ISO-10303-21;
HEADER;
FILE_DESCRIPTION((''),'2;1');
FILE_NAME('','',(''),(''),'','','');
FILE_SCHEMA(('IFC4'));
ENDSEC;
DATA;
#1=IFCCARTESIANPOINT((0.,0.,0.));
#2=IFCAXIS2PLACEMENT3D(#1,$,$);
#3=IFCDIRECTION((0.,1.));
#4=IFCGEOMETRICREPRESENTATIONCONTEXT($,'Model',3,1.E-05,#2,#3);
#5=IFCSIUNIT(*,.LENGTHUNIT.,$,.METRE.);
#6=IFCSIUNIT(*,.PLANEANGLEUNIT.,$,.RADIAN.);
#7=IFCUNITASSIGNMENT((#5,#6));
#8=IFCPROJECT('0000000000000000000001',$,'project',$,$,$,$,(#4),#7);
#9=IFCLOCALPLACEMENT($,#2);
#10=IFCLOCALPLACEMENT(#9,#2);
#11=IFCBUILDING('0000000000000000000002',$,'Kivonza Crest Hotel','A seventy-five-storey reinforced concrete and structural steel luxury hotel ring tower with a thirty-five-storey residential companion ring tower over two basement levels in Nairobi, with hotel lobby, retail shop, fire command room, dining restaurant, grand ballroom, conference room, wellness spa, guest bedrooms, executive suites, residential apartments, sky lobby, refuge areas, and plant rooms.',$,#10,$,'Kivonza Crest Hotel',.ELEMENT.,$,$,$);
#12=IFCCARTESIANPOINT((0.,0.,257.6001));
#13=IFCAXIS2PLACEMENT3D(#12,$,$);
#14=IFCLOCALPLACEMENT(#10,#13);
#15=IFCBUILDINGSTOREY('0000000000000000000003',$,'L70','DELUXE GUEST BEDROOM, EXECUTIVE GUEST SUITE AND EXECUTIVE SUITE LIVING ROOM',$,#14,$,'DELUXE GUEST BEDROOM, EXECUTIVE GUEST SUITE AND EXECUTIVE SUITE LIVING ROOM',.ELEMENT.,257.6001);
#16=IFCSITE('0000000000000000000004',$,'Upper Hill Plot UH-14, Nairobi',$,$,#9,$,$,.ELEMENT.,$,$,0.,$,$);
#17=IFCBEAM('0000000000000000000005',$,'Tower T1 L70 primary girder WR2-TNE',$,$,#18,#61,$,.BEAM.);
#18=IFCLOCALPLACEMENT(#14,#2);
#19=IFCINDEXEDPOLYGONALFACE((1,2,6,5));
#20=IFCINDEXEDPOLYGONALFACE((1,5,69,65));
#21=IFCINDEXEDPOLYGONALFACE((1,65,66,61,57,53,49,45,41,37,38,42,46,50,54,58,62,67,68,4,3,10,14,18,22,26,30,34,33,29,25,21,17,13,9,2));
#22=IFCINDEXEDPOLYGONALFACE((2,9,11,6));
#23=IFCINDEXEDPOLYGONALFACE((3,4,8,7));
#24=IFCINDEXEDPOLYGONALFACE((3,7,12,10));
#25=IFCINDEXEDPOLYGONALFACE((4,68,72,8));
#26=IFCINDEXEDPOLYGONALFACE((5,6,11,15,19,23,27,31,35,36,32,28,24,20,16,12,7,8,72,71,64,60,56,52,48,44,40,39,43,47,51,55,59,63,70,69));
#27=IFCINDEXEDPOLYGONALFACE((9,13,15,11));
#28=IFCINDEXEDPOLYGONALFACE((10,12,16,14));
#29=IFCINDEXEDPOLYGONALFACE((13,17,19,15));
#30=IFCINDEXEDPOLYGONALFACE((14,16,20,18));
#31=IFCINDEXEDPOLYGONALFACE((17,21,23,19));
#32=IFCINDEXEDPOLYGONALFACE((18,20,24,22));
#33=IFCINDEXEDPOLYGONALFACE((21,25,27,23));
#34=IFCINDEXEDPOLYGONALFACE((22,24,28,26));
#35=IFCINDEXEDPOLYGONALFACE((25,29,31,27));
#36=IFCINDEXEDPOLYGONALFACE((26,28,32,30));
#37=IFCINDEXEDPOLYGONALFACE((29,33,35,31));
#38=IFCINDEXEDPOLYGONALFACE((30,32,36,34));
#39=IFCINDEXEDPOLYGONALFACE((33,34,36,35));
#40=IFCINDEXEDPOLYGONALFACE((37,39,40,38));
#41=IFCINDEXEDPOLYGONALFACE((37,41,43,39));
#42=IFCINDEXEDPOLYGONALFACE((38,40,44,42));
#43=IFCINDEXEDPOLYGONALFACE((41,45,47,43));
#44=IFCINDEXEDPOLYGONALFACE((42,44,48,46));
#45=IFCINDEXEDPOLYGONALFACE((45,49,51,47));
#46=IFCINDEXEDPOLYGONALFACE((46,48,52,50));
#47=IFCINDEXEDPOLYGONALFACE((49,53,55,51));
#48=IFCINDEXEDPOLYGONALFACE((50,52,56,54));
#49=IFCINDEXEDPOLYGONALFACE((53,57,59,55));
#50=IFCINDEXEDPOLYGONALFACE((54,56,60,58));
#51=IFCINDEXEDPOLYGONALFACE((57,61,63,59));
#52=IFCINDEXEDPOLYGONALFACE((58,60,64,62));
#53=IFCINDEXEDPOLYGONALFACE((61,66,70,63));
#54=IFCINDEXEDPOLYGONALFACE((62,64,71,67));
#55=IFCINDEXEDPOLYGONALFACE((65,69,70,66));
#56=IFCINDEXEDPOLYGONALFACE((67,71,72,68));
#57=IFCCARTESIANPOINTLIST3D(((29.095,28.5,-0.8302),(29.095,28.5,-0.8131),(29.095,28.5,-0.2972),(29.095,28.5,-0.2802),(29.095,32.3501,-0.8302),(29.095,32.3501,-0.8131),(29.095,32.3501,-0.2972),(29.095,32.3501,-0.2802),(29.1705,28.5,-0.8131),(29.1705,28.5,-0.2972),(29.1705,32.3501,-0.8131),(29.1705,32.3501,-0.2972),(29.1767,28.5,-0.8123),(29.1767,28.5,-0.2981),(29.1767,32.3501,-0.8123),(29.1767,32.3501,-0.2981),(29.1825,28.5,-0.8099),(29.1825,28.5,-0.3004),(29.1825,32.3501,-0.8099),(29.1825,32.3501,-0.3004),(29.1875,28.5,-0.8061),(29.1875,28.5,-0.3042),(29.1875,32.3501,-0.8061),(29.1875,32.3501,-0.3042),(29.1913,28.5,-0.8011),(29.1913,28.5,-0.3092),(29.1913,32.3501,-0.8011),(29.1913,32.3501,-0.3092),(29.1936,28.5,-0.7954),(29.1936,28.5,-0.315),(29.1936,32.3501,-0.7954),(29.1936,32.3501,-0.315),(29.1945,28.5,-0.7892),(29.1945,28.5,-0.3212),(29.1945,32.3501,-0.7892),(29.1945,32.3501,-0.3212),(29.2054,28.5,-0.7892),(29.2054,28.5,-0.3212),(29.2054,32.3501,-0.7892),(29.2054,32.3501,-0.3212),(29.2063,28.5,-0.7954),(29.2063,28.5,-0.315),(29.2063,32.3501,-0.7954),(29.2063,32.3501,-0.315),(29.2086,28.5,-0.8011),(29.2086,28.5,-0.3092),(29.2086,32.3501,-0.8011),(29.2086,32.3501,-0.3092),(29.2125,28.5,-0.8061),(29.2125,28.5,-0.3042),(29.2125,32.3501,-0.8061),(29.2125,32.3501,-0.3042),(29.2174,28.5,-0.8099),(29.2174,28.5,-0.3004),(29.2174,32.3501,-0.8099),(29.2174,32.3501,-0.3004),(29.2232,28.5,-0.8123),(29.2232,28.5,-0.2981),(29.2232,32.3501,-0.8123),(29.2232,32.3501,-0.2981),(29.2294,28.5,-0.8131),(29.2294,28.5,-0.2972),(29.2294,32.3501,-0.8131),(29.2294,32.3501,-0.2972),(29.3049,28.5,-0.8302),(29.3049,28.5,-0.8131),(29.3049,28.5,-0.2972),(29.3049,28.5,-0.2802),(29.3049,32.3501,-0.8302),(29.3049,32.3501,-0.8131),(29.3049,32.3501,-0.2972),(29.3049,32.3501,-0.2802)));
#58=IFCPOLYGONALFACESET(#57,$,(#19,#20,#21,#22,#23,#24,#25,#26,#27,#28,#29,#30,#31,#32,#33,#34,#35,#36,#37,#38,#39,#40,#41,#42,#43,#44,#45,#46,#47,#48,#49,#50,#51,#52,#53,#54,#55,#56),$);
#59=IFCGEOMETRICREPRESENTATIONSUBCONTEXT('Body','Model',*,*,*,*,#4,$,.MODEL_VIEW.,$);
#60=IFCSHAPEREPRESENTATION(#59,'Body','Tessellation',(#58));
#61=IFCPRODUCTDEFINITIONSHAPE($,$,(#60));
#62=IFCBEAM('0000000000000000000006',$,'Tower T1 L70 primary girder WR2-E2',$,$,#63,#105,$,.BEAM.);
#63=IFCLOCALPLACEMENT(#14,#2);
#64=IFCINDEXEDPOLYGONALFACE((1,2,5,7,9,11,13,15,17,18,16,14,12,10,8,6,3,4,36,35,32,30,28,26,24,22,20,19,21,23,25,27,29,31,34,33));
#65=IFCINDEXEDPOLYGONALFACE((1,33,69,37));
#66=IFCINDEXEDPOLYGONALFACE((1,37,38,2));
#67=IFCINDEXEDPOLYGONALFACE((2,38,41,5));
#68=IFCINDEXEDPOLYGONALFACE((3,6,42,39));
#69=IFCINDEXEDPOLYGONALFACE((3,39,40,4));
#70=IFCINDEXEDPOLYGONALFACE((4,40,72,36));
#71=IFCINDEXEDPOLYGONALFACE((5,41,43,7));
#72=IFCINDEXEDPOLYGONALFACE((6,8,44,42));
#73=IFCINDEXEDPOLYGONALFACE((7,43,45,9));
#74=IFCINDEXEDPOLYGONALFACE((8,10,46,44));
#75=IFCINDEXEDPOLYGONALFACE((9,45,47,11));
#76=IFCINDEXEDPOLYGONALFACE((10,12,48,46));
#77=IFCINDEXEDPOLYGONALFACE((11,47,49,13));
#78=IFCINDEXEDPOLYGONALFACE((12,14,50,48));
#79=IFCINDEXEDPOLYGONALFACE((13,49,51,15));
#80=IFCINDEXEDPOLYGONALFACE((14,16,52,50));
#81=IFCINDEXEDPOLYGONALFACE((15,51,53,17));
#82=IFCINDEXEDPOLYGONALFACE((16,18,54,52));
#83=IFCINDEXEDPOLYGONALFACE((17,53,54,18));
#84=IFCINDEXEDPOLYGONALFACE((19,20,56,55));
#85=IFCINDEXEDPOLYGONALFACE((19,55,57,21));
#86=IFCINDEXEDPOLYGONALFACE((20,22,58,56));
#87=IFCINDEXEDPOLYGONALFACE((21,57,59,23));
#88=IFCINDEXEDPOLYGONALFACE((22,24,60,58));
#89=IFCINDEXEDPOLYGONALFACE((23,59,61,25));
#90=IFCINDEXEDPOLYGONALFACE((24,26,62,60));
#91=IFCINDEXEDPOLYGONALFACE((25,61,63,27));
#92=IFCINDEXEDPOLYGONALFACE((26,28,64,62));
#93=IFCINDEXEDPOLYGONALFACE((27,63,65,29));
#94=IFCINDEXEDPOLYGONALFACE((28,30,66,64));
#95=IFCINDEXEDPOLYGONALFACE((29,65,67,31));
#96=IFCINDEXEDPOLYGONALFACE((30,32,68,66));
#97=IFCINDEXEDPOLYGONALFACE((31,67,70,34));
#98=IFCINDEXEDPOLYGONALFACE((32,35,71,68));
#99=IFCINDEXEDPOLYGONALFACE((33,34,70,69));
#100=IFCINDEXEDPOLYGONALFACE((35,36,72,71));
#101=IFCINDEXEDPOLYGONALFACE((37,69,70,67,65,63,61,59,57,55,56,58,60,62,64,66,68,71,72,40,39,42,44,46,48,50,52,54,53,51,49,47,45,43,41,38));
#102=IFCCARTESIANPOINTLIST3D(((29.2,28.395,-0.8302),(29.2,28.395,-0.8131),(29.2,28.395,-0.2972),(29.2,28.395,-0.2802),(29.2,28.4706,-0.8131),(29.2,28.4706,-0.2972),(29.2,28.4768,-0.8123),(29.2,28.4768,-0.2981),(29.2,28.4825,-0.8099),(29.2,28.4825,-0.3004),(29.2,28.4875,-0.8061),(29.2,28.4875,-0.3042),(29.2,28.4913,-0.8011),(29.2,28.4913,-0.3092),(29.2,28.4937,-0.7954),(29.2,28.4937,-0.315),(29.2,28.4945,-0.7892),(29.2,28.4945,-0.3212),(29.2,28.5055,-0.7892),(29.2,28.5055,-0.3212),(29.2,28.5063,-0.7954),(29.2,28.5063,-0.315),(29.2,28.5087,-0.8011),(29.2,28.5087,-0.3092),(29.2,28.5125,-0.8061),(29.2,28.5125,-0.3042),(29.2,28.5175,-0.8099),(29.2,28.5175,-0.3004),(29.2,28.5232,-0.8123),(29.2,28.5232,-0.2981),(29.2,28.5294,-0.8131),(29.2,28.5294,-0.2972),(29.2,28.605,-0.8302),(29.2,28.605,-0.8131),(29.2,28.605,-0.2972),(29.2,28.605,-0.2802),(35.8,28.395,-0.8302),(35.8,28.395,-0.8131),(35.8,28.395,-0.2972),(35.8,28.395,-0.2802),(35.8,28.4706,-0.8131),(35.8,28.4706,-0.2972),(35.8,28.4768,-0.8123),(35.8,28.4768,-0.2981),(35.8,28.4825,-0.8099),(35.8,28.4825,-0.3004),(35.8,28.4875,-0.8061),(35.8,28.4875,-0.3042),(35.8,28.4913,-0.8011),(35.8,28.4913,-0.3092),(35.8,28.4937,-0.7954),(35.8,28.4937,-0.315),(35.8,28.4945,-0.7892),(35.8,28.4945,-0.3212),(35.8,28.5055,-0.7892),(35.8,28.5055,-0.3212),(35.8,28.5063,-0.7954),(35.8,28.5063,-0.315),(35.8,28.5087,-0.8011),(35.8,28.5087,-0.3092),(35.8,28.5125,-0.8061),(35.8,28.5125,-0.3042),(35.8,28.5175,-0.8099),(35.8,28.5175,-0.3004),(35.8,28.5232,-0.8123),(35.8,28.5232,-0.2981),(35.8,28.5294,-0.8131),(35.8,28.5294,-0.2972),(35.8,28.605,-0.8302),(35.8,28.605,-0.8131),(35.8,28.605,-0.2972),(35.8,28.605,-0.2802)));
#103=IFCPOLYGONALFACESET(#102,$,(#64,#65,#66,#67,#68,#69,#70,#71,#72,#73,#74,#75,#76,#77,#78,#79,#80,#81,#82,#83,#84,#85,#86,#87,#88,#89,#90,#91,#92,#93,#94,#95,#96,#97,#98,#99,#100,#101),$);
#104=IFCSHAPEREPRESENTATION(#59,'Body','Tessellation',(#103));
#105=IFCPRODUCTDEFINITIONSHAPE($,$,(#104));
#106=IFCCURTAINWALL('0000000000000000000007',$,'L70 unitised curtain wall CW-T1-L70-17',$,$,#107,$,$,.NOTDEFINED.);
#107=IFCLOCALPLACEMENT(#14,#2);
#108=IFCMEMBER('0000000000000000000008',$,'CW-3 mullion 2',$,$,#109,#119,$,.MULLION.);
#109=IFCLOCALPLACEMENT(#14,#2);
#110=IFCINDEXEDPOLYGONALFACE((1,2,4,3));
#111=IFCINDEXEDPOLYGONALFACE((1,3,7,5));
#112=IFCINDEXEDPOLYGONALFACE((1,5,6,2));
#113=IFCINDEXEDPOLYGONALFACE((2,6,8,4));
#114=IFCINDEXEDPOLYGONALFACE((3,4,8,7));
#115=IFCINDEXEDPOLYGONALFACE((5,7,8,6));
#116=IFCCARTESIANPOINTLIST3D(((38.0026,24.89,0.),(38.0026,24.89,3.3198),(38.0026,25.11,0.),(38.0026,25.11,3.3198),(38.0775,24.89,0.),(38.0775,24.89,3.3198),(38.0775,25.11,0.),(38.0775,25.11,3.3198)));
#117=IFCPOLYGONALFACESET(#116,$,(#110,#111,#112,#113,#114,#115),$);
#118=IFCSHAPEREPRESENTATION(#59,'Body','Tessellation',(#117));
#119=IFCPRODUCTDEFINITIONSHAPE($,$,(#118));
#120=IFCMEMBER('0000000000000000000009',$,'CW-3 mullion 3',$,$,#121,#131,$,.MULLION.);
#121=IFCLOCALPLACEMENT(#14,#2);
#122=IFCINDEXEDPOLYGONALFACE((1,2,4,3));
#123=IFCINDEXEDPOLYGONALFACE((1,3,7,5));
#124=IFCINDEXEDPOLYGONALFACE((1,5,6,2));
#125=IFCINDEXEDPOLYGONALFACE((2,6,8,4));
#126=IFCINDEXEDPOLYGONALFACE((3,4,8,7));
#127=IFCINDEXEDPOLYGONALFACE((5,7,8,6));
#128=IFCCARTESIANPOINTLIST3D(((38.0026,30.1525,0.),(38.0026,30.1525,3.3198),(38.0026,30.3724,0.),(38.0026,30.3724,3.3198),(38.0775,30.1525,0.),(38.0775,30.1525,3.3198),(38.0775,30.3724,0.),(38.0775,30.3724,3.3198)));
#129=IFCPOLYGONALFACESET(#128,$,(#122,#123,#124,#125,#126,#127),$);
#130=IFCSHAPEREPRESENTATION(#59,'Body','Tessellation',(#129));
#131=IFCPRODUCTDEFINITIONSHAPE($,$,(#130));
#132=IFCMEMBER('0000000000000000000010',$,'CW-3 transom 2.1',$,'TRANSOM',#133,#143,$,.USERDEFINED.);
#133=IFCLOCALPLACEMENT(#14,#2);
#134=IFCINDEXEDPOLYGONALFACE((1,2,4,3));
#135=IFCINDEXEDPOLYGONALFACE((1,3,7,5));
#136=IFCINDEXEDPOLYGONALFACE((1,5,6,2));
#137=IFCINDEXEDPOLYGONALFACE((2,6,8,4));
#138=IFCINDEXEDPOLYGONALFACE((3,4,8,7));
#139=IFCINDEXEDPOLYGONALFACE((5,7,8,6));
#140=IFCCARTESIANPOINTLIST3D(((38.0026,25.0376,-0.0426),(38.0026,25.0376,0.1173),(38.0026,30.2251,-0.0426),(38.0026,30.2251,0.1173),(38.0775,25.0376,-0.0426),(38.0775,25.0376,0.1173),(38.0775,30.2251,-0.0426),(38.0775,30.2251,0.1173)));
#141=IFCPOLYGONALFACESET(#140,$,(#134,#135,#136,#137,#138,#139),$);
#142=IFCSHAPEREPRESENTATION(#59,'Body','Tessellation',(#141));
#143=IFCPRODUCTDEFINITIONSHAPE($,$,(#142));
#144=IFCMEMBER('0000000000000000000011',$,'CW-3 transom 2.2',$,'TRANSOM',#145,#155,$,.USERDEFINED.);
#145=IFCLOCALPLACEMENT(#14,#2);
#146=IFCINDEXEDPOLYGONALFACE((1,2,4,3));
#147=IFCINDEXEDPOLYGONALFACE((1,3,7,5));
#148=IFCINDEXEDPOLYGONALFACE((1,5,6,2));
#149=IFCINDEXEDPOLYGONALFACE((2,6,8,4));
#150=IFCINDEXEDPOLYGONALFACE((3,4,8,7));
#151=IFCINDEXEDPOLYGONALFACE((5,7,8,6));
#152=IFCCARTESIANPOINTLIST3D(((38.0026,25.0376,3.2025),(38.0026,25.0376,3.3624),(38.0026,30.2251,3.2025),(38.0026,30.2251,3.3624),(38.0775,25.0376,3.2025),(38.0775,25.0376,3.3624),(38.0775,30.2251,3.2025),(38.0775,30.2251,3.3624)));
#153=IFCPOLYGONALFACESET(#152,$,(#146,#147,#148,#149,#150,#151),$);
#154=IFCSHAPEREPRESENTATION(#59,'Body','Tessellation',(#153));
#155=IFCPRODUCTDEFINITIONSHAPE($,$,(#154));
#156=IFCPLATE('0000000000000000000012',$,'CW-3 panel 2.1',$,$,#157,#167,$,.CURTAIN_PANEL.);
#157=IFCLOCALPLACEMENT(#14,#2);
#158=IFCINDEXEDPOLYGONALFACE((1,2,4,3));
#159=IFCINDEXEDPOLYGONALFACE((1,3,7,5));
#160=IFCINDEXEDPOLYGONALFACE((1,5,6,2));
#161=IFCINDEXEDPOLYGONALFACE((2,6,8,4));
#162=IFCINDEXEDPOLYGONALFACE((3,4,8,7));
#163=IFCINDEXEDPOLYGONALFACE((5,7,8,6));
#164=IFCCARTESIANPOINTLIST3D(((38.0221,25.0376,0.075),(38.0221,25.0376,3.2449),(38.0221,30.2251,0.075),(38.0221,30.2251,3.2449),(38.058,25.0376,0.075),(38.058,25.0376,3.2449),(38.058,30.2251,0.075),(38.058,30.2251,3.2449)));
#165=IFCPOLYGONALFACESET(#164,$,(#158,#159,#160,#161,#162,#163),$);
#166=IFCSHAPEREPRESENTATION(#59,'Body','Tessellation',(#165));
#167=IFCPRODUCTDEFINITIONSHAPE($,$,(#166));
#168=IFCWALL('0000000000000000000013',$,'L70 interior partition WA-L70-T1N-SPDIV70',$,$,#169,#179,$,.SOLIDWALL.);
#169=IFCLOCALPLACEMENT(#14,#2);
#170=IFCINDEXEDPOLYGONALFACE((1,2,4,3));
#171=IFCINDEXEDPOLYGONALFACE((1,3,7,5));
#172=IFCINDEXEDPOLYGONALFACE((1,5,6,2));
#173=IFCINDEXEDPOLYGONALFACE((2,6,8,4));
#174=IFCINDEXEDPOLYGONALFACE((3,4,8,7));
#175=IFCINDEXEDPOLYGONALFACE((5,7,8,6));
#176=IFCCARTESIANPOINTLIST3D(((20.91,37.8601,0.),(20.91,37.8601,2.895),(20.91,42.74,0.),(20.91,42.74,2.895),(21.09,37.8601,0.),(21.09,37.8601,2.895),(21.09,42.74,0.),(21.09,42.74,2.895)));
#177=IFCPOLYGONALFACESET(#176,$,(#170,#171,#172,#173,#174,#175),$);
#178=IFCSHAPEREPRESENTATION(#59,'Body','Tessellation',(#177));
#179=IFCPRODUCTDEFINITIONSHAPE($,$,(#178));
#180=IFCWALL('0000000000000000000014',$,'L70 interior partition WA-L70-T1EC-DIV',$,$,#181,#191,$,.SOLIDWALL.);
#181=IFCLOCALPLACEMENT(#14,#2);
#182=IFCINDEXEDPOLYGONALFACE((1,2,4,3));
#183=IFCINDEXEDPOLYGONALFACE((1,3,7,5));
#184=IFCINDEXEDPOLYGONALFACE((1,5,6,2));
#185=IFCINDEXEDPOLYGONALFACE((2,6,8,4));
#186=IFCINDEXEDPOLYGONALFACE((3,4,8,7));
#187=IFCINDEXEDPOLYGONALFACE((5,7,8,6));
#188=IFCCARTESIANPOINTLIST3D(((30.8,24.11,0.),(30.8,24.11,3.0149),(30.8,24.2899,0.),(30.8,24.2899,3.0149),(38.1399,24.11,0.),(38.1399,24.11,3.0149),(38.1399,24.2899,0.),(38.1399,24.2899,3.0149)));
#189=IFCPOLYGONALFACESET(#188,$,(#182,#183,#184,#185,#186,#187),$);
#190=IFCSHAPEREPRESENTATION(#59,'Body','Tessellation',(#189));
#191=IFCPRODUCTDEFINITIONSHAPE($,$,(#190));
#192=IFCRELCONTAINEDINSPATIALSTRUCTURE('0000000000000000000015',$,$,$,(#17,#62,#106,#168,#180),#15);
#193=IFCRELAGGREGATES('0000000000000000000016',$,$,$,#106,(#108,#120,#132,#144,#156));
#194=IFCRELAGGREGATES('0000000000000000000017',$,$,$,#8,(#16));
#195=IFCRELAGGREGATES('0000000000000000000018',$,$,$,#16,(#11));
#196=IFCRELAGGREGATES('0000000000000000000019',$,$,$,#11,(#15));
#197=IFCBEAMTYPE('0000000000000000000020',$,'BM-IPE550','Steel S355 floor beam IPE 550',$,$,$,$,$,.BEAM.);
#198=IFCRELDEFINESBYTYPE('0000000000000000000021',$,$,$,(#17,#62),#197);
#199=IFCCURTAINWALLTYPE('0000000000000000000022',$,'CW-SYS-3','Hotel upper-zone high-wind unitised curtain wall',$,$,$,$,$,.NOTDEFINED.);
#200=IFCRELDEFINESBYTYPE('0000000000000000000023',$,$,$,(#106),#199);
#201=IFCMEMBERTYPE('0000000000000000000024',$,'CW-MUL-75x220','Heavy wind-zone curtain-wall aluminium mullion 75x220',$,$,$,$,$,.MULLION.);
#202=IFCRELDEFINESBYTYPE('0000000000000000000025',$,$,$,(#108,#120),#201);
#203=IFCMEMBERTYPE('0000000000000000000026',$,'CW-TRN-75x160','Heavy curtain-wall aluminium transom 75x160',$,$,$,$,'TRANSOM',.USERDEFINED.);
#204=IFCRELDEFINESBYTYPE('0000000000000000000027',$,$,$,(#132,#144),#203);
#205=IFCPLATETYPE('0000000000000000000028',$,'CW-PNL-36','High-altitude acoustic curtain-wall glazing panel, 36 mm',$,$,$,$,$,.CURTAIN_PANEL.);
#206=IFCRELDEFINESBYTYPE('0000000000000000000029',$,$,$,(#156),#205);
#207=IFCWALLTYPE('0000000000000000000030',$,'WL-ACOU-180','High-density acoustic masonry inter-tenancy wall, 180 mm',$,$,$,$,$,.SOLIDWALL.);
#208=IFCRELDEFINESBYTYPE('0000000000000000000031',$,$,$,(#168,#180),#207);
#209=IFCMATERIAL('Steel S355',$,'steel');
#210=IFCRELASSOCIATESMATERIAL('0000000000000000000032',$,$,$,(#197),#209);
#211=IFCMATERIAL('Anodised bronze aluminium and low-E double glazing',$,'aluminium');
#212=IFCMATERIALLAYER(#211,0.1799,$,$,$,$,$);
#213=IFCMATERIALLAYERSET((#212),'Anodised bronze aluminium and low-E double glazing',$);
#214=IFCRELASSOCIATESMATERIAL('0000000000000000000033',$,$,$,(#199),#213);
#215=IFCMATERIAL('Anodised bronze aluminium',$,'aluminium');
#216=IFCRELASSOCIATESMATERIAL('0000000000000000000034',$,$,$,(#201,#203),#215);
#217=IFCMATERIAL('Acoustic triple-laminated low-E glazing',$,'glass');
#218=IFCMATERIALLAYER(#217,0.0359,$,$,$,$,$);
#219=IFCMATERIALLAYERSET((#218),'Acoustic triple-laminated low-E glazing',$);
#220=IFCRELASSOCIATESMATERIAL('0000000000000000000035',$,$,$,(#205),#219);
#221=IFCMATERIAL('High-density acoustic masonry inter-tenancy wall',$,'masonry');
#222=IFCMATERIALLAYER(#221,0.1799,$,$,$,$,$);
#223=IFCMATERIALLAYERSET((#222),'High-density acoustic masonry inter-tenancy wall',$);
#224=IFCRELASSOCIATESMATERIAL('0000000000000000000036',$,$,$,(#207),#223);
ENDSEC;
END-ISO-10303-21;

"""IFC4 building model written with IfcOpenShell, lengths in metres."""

from ifc_helpers import new_model, si_unit, direction, frame, frame_2d, origin, origin_2d, place, context, subcontext, project, spatial, rectangle, i_section, extrude, material, layer, layer_set, material_profile, profile_set, type_object, element, aggregate, save


model = new_model("IFC4")

# Units and contexts
model_context = context("Model", 3, precision=1e-05, world=origin(), true_north=direction((0.0, 1.0)))
body_context = subcontext(model_context, "Body", "Model", "MODEL_VIEW")
ifc_project = project(units=[si_unit("LENGTHUNIT", "METRE"), si_unit("PLANEANGLEUNIT", "RADIAN")], contexts=[model_context])

# Site, building, storey
site_placement = place(None, origin())
site = spatial("IfcSite", under=ifc_project, at=site_placement, Name="Upper Hill Plot UH-14, Nairobi", CompositionType="ELEMENT", RefElevation=0.0)
building_placement = place(site_placement, origin())
building = spatial("IfcBuilding", under=site, at=building_placement, Name="Kivonza Crest Hotel", Description="A seventy-five-storey reinforced concrete and structural steel luxury hotel ring tower with a thirty-five-storey residential companion ring tower over two basement levels in Nairobi, with hotel lobby, retail shop, fire command room, dining restaurant, grand ballroom, conference room, wellness spa, guest bedrooms, executive suites, residential apartments, sky lobby, refuge areas, and plant rooms.", LongName="Kivonza Crest Hotel", CompositionType="ELEMENT")
storey_placement = place(building_placement, frame((0.0, 0.0, 257.6001)))
storey = spatial("IfcBuildingStorey", under=building, at=storey_placement, Name="L70", Description="DELUXE GUEST BEDROOM, EXECUTIVE GUEST SUITE AND EXECUTIVE SUITE LIVING ROOM", LongName="DELUXE GUEST BEDROOM, EXECUTIVE GUEST SUITE AND EXECUTIVE SUITE LIVING ROOM", CompositionType="ELEMENT", Elevation=257.6001)

# Beams
ifc_material_1 = material(Name="Steel S355", Category="steel")
ifc_material_profile_1 = material_profile(ifc_material_1, i_section(OverallWidth=0.21, OverallDepth=0.55, WebThickness=0.011, FlangeThickness=0.0171, FilletRadius=0.0239, at=origin_2d()), Name="IPE 550")
ifc_profile_set_1 = profile_set([ifc_material_profile_1], Name="Steel S355")
beam_type_1 = type_object("IfcBeamType", Name="BM-IPE550", Description="Steel S355 floor beam IPE 550", PredefinedType="BEAM", material=ifc_profile_set_1)
beam_1_placement = place(storey_placement, frame((29.2, 28.5, -0.5552), z_axis=(0.0, 1.0, 0.0), x_axis=(-1.0, 0.0, 0.0)))
element("IfcBeam", 1, at=beam_1_placement, inside=storey, type_object=beam_type_1, Name="Tower T1 L70 primary girder WR2-TNE", PredefinedType="BEAM", context=body_context, shape_type="SweptSolid", body=[
    extrude(i_section(OverallWidth=0.21, OverallDepth=0.55, WebThickness=0.011, FlangeThickness=0.0171, FilletRadius=0.0239, at=origin_2d()), origin(), (0.0, 0.0, 1.0), 3.8501),
])
beam_2_placement = place(storey_placement, frame((29.2, 28.5, -0.5552), z_axis=(1.0, 0.0, 0.0), x_axis=(0.0, 1.0, 0.0)))
element("IfcBeam", 2, at=beam_2_placement, inside=storey, type_object=beam_type_1, Name="Tower T1 L70 primary girder WR2-E2", PredefinedType="BEAM", context=body_context, shape_type="SweptSolid", body=[
    extrude(i_section(OverallWidth=0.21, OverallDepth=0.55, WebThickness=0.011, FlangeThickness=0.0171, FilletRadius=0.0239, at=origin_2d()), origin(), (0.0, 0.0, 1.0), 6.6001),
])

# Curtain wall, members, plate
ifc_material_2 = material(Name="Anodised bronze aluminium and low-E double glazing", Category="aluminium")
ifc_layer_1 = layer(ifc_material_2, 0.1799)
ifc_layer_set_1 = layer_set([ifc_layer_1], Name="Anodised bronze aluminium and low-E double glazing")
curtain_wall_type = type_object("IfcCurtainWallType", Name="CW-SYS-3", Description="Hotel upper-zone high-wind unitised curtain wall", PredefinedType="NOTDEFINED", material=ifc_layer_set_1)
curtain_wall_placement = place(storey_placement, origin())
curtain_wall = element("IfcCurtainWall", 3, at=curtain_wall_placement, inside=storey, type_object=curtain_wall_type, Name="L70 unitised curtain wall CW-T1-L70-17", PredefinedType="NOTDEFINED")
ifc_material_3 = material(Name="Anodised bronze aluminium", Category="aluminium")
ifc_material_profile_2 = material_profile(ifc_material_3, rectangle(XDim=0.075, YDim=0.22, at=origin_2d()), Name="CW-M 75x220")
ifc_profile_set_2 = profile_set([ifc_material_profile_2], Name="Anodised bronze aluminium")
member_type_1 = type_object("IfcMemberType", Name="CW-MUL-75x220", Description="Heavy wind-zone curtain-wall aluminium mullion 75x220", PredefinedType="MULLION", material=ifc_profile_set_2)
member_1_placement = place(storey_placement, frame((38.04, 25.0, 0.0), z_axis=(0.0, 0.0, 1.0), x_axis=(-1.0, 0.0, 0.0)))
member_1 = element("IfcMember", 4, at=member_1_placement, type_object=member_type_1, Name="CW-3 mullion 2", PredefinedType="MULLION", context=body_context, shape_type="SweptSolid", body=[
    extrude(rectangle(XDim=0.075, YDim=0.22, at=origin_2d()), origin(), (0.0, 0.0, 1.0), 3.3198),
])
member_2_placement = place(storey_placement, frame((38.04, 30.2625, 0.0), z_axis=(0.0, 0.0, 1.0), x_axis=(-1.0, 0.0, 0.0)))
member_2 = element("IfcMember", 5, at=member_2_placement, type_object=member_type_1, Name="CW-3 mullion 3", PredefinedType="MULLION", context=body_context, shape_type="SweptSolid", body=[
    extrude(rectangle(XDim=0.075, YDim=0.22, at=origin_2d()), origin(), (0.0, 0.0, 1.0), 3.3198),
])
ifc_material_profile_3 = material_profile(ifc_material_3, rectangle(XDim=0.075, YDim=0.1599, at=origin_2d()), Name="CW-T 75x160")
ifc_profile_set_3 = profile_set([ifc_material_profile_3], Name="Anodised bronze aluminium")
member_type_2 = type_object("IfcMemberType", Name="CW-TRN-75x160", Description="Heavy curtain-wall aluminium transom 75x160", ElementType="TRANSOM", PredefinedType="USERDEFINED", material=ifc_profile_set_3)
member_3_placement = place(storey_placement, frame((38.04, 25.0376, 0.0374), z_axis=(0.0, 1.0, 0.0), x_axis=(-1.0, 0.0, 0.0)))
member_3 = element("IfcMember", 6, at=member_3_placement, type_object=member_type_2, Name="CW-3 transom 2.1", ObjectType="TRANSOM", PredefinedType="USERDEFINED", context=body_context, shape_type="SweptSolid", body=[
    extrude(rectangle(XDim=0.075, YDim=0.1599, at=origin_2d()), origin(), (0.0, 0.0, 1.0), 5.1875),
])
member_4_placement = place(storey_placement, frame((38.04, 25.0376, 3.2825), z_axis=(0.0, 1.0, 0.0), x_axis=(-1.0, 0.0, 0.0)))
member_4 = element("IfcMember", 7, at=member_4_placement, type_object=member_type_2, Name="CW-3 transom 2.2", ObjectType="TRANSOM", PredefinedType="USERDEFINED", context=body_context, shape_type="SweptSolid", body=[
    extrude(rectangle(XDim=0.075, YDim=0.1599, at=origin_2d()), origin(), (0.0, 0.0, 1.0), 5.1875),
])
ifc_material_4 = material(Name="Acoustic triple-laminated low-E glazing", Category="glass")
ifc_layer_2 = layer(ifc_material_4, 0.0359)
ifc_layer_set_2 = layer_set([ifc_layer_2], Name="Acoustic triple-laminated low-E glazing")
plate_type = type_object("IfcPlateType", Name="CW-PNL-36", Description="High-altitude acoustic curtain-wall glazing panel, 36 mm", PredefinedType="CURTAIN_PANEL", material=ifc_layer_set_2)
plate_placement = place(storey_placement, frame((38.04, 27.6313, 0.075), z_axis=(0.0, 0.0, 1.0), x_axis=(0.0, 1.0, 0.0)))
plate = element("IfcPlate", 8, at=plate_placement, type_object=plate_type, Name="CW-3 panel 2.1", PredefinedType="CURTAIN_PANEL", context=body_context, shape_type="SweptSolid", body=[
    extrude(rectangle(XDim=5.1875, YDim=0.0359, at=origin_2d()), origin(), (0.0, 0.0, 1.0), 3.1699),
])
aggregate(curtain_wall, [member_1, member_2, member_3, member_4, plate])

# Walls
ifc_material_5 = material(Name="High-density acoustic masonry inter-tenancy wall", Category="masonry")
ifc_layer_3 = layer(ifc_material_5, 0.1799)
ifc_layer_set_3 = layer_set([ifc_layer_3], Name="High-density acoustic masonry inter-tenancy wall")
wall_type_1 = type_object("IfcWallType", Name="WL-ACOU-180", Description="High-density acoustic masonry inter-tenancy wall, 180 mm", PredefinedType="SOLIDWALL", material=ifc_layer_set_3)
wall_1_placement = place(storey_placement, frame((21.0, 37.8601, 0.0), z_axis=(0.0, 0.0, 1.0), x_axis=(0.0, 1.0, 0.0)))
element("IfcWall", 9, at=wall_1_placement, inside=storey, type_object=wall_type_1, Name="L70 interior partition WA-L70-T1N-SPDIV70", PredefinedType="SOLIDWALL", context=body_context, shape_type="SweptSolid", body=[
    extrude(rectangle(XDim=4.8799, YDim=0.1799, at=frame_2d((2.4399, 0.0))), origin(), (0.0, 0.0, 1.0), 2.895),
])
wall_2_placement = place(storey_placement, frame((30.8, 24.2, 0.0), z_axis=(0.0, 0.0, 1.0), x_axis=(1.0, 0.0, 0.0)))
element("IfcWall", 10, at=wall_2_placement, inside=storey, type_object=wall_type_1, Name="L70 interior partition WA-L70-T1EC-DIV", PredefinedType="SOLIDWALL", context=body_context, shape_type="SweptSolid", body=[
    extrude(rectangle(XDim=7.3398, YDim=0.1799, at=frame_2d((3.6699, 0.0))), origin(), (0.0, 0.0, 1.0), 3.0149),
])

save(model, "model.ifc")
